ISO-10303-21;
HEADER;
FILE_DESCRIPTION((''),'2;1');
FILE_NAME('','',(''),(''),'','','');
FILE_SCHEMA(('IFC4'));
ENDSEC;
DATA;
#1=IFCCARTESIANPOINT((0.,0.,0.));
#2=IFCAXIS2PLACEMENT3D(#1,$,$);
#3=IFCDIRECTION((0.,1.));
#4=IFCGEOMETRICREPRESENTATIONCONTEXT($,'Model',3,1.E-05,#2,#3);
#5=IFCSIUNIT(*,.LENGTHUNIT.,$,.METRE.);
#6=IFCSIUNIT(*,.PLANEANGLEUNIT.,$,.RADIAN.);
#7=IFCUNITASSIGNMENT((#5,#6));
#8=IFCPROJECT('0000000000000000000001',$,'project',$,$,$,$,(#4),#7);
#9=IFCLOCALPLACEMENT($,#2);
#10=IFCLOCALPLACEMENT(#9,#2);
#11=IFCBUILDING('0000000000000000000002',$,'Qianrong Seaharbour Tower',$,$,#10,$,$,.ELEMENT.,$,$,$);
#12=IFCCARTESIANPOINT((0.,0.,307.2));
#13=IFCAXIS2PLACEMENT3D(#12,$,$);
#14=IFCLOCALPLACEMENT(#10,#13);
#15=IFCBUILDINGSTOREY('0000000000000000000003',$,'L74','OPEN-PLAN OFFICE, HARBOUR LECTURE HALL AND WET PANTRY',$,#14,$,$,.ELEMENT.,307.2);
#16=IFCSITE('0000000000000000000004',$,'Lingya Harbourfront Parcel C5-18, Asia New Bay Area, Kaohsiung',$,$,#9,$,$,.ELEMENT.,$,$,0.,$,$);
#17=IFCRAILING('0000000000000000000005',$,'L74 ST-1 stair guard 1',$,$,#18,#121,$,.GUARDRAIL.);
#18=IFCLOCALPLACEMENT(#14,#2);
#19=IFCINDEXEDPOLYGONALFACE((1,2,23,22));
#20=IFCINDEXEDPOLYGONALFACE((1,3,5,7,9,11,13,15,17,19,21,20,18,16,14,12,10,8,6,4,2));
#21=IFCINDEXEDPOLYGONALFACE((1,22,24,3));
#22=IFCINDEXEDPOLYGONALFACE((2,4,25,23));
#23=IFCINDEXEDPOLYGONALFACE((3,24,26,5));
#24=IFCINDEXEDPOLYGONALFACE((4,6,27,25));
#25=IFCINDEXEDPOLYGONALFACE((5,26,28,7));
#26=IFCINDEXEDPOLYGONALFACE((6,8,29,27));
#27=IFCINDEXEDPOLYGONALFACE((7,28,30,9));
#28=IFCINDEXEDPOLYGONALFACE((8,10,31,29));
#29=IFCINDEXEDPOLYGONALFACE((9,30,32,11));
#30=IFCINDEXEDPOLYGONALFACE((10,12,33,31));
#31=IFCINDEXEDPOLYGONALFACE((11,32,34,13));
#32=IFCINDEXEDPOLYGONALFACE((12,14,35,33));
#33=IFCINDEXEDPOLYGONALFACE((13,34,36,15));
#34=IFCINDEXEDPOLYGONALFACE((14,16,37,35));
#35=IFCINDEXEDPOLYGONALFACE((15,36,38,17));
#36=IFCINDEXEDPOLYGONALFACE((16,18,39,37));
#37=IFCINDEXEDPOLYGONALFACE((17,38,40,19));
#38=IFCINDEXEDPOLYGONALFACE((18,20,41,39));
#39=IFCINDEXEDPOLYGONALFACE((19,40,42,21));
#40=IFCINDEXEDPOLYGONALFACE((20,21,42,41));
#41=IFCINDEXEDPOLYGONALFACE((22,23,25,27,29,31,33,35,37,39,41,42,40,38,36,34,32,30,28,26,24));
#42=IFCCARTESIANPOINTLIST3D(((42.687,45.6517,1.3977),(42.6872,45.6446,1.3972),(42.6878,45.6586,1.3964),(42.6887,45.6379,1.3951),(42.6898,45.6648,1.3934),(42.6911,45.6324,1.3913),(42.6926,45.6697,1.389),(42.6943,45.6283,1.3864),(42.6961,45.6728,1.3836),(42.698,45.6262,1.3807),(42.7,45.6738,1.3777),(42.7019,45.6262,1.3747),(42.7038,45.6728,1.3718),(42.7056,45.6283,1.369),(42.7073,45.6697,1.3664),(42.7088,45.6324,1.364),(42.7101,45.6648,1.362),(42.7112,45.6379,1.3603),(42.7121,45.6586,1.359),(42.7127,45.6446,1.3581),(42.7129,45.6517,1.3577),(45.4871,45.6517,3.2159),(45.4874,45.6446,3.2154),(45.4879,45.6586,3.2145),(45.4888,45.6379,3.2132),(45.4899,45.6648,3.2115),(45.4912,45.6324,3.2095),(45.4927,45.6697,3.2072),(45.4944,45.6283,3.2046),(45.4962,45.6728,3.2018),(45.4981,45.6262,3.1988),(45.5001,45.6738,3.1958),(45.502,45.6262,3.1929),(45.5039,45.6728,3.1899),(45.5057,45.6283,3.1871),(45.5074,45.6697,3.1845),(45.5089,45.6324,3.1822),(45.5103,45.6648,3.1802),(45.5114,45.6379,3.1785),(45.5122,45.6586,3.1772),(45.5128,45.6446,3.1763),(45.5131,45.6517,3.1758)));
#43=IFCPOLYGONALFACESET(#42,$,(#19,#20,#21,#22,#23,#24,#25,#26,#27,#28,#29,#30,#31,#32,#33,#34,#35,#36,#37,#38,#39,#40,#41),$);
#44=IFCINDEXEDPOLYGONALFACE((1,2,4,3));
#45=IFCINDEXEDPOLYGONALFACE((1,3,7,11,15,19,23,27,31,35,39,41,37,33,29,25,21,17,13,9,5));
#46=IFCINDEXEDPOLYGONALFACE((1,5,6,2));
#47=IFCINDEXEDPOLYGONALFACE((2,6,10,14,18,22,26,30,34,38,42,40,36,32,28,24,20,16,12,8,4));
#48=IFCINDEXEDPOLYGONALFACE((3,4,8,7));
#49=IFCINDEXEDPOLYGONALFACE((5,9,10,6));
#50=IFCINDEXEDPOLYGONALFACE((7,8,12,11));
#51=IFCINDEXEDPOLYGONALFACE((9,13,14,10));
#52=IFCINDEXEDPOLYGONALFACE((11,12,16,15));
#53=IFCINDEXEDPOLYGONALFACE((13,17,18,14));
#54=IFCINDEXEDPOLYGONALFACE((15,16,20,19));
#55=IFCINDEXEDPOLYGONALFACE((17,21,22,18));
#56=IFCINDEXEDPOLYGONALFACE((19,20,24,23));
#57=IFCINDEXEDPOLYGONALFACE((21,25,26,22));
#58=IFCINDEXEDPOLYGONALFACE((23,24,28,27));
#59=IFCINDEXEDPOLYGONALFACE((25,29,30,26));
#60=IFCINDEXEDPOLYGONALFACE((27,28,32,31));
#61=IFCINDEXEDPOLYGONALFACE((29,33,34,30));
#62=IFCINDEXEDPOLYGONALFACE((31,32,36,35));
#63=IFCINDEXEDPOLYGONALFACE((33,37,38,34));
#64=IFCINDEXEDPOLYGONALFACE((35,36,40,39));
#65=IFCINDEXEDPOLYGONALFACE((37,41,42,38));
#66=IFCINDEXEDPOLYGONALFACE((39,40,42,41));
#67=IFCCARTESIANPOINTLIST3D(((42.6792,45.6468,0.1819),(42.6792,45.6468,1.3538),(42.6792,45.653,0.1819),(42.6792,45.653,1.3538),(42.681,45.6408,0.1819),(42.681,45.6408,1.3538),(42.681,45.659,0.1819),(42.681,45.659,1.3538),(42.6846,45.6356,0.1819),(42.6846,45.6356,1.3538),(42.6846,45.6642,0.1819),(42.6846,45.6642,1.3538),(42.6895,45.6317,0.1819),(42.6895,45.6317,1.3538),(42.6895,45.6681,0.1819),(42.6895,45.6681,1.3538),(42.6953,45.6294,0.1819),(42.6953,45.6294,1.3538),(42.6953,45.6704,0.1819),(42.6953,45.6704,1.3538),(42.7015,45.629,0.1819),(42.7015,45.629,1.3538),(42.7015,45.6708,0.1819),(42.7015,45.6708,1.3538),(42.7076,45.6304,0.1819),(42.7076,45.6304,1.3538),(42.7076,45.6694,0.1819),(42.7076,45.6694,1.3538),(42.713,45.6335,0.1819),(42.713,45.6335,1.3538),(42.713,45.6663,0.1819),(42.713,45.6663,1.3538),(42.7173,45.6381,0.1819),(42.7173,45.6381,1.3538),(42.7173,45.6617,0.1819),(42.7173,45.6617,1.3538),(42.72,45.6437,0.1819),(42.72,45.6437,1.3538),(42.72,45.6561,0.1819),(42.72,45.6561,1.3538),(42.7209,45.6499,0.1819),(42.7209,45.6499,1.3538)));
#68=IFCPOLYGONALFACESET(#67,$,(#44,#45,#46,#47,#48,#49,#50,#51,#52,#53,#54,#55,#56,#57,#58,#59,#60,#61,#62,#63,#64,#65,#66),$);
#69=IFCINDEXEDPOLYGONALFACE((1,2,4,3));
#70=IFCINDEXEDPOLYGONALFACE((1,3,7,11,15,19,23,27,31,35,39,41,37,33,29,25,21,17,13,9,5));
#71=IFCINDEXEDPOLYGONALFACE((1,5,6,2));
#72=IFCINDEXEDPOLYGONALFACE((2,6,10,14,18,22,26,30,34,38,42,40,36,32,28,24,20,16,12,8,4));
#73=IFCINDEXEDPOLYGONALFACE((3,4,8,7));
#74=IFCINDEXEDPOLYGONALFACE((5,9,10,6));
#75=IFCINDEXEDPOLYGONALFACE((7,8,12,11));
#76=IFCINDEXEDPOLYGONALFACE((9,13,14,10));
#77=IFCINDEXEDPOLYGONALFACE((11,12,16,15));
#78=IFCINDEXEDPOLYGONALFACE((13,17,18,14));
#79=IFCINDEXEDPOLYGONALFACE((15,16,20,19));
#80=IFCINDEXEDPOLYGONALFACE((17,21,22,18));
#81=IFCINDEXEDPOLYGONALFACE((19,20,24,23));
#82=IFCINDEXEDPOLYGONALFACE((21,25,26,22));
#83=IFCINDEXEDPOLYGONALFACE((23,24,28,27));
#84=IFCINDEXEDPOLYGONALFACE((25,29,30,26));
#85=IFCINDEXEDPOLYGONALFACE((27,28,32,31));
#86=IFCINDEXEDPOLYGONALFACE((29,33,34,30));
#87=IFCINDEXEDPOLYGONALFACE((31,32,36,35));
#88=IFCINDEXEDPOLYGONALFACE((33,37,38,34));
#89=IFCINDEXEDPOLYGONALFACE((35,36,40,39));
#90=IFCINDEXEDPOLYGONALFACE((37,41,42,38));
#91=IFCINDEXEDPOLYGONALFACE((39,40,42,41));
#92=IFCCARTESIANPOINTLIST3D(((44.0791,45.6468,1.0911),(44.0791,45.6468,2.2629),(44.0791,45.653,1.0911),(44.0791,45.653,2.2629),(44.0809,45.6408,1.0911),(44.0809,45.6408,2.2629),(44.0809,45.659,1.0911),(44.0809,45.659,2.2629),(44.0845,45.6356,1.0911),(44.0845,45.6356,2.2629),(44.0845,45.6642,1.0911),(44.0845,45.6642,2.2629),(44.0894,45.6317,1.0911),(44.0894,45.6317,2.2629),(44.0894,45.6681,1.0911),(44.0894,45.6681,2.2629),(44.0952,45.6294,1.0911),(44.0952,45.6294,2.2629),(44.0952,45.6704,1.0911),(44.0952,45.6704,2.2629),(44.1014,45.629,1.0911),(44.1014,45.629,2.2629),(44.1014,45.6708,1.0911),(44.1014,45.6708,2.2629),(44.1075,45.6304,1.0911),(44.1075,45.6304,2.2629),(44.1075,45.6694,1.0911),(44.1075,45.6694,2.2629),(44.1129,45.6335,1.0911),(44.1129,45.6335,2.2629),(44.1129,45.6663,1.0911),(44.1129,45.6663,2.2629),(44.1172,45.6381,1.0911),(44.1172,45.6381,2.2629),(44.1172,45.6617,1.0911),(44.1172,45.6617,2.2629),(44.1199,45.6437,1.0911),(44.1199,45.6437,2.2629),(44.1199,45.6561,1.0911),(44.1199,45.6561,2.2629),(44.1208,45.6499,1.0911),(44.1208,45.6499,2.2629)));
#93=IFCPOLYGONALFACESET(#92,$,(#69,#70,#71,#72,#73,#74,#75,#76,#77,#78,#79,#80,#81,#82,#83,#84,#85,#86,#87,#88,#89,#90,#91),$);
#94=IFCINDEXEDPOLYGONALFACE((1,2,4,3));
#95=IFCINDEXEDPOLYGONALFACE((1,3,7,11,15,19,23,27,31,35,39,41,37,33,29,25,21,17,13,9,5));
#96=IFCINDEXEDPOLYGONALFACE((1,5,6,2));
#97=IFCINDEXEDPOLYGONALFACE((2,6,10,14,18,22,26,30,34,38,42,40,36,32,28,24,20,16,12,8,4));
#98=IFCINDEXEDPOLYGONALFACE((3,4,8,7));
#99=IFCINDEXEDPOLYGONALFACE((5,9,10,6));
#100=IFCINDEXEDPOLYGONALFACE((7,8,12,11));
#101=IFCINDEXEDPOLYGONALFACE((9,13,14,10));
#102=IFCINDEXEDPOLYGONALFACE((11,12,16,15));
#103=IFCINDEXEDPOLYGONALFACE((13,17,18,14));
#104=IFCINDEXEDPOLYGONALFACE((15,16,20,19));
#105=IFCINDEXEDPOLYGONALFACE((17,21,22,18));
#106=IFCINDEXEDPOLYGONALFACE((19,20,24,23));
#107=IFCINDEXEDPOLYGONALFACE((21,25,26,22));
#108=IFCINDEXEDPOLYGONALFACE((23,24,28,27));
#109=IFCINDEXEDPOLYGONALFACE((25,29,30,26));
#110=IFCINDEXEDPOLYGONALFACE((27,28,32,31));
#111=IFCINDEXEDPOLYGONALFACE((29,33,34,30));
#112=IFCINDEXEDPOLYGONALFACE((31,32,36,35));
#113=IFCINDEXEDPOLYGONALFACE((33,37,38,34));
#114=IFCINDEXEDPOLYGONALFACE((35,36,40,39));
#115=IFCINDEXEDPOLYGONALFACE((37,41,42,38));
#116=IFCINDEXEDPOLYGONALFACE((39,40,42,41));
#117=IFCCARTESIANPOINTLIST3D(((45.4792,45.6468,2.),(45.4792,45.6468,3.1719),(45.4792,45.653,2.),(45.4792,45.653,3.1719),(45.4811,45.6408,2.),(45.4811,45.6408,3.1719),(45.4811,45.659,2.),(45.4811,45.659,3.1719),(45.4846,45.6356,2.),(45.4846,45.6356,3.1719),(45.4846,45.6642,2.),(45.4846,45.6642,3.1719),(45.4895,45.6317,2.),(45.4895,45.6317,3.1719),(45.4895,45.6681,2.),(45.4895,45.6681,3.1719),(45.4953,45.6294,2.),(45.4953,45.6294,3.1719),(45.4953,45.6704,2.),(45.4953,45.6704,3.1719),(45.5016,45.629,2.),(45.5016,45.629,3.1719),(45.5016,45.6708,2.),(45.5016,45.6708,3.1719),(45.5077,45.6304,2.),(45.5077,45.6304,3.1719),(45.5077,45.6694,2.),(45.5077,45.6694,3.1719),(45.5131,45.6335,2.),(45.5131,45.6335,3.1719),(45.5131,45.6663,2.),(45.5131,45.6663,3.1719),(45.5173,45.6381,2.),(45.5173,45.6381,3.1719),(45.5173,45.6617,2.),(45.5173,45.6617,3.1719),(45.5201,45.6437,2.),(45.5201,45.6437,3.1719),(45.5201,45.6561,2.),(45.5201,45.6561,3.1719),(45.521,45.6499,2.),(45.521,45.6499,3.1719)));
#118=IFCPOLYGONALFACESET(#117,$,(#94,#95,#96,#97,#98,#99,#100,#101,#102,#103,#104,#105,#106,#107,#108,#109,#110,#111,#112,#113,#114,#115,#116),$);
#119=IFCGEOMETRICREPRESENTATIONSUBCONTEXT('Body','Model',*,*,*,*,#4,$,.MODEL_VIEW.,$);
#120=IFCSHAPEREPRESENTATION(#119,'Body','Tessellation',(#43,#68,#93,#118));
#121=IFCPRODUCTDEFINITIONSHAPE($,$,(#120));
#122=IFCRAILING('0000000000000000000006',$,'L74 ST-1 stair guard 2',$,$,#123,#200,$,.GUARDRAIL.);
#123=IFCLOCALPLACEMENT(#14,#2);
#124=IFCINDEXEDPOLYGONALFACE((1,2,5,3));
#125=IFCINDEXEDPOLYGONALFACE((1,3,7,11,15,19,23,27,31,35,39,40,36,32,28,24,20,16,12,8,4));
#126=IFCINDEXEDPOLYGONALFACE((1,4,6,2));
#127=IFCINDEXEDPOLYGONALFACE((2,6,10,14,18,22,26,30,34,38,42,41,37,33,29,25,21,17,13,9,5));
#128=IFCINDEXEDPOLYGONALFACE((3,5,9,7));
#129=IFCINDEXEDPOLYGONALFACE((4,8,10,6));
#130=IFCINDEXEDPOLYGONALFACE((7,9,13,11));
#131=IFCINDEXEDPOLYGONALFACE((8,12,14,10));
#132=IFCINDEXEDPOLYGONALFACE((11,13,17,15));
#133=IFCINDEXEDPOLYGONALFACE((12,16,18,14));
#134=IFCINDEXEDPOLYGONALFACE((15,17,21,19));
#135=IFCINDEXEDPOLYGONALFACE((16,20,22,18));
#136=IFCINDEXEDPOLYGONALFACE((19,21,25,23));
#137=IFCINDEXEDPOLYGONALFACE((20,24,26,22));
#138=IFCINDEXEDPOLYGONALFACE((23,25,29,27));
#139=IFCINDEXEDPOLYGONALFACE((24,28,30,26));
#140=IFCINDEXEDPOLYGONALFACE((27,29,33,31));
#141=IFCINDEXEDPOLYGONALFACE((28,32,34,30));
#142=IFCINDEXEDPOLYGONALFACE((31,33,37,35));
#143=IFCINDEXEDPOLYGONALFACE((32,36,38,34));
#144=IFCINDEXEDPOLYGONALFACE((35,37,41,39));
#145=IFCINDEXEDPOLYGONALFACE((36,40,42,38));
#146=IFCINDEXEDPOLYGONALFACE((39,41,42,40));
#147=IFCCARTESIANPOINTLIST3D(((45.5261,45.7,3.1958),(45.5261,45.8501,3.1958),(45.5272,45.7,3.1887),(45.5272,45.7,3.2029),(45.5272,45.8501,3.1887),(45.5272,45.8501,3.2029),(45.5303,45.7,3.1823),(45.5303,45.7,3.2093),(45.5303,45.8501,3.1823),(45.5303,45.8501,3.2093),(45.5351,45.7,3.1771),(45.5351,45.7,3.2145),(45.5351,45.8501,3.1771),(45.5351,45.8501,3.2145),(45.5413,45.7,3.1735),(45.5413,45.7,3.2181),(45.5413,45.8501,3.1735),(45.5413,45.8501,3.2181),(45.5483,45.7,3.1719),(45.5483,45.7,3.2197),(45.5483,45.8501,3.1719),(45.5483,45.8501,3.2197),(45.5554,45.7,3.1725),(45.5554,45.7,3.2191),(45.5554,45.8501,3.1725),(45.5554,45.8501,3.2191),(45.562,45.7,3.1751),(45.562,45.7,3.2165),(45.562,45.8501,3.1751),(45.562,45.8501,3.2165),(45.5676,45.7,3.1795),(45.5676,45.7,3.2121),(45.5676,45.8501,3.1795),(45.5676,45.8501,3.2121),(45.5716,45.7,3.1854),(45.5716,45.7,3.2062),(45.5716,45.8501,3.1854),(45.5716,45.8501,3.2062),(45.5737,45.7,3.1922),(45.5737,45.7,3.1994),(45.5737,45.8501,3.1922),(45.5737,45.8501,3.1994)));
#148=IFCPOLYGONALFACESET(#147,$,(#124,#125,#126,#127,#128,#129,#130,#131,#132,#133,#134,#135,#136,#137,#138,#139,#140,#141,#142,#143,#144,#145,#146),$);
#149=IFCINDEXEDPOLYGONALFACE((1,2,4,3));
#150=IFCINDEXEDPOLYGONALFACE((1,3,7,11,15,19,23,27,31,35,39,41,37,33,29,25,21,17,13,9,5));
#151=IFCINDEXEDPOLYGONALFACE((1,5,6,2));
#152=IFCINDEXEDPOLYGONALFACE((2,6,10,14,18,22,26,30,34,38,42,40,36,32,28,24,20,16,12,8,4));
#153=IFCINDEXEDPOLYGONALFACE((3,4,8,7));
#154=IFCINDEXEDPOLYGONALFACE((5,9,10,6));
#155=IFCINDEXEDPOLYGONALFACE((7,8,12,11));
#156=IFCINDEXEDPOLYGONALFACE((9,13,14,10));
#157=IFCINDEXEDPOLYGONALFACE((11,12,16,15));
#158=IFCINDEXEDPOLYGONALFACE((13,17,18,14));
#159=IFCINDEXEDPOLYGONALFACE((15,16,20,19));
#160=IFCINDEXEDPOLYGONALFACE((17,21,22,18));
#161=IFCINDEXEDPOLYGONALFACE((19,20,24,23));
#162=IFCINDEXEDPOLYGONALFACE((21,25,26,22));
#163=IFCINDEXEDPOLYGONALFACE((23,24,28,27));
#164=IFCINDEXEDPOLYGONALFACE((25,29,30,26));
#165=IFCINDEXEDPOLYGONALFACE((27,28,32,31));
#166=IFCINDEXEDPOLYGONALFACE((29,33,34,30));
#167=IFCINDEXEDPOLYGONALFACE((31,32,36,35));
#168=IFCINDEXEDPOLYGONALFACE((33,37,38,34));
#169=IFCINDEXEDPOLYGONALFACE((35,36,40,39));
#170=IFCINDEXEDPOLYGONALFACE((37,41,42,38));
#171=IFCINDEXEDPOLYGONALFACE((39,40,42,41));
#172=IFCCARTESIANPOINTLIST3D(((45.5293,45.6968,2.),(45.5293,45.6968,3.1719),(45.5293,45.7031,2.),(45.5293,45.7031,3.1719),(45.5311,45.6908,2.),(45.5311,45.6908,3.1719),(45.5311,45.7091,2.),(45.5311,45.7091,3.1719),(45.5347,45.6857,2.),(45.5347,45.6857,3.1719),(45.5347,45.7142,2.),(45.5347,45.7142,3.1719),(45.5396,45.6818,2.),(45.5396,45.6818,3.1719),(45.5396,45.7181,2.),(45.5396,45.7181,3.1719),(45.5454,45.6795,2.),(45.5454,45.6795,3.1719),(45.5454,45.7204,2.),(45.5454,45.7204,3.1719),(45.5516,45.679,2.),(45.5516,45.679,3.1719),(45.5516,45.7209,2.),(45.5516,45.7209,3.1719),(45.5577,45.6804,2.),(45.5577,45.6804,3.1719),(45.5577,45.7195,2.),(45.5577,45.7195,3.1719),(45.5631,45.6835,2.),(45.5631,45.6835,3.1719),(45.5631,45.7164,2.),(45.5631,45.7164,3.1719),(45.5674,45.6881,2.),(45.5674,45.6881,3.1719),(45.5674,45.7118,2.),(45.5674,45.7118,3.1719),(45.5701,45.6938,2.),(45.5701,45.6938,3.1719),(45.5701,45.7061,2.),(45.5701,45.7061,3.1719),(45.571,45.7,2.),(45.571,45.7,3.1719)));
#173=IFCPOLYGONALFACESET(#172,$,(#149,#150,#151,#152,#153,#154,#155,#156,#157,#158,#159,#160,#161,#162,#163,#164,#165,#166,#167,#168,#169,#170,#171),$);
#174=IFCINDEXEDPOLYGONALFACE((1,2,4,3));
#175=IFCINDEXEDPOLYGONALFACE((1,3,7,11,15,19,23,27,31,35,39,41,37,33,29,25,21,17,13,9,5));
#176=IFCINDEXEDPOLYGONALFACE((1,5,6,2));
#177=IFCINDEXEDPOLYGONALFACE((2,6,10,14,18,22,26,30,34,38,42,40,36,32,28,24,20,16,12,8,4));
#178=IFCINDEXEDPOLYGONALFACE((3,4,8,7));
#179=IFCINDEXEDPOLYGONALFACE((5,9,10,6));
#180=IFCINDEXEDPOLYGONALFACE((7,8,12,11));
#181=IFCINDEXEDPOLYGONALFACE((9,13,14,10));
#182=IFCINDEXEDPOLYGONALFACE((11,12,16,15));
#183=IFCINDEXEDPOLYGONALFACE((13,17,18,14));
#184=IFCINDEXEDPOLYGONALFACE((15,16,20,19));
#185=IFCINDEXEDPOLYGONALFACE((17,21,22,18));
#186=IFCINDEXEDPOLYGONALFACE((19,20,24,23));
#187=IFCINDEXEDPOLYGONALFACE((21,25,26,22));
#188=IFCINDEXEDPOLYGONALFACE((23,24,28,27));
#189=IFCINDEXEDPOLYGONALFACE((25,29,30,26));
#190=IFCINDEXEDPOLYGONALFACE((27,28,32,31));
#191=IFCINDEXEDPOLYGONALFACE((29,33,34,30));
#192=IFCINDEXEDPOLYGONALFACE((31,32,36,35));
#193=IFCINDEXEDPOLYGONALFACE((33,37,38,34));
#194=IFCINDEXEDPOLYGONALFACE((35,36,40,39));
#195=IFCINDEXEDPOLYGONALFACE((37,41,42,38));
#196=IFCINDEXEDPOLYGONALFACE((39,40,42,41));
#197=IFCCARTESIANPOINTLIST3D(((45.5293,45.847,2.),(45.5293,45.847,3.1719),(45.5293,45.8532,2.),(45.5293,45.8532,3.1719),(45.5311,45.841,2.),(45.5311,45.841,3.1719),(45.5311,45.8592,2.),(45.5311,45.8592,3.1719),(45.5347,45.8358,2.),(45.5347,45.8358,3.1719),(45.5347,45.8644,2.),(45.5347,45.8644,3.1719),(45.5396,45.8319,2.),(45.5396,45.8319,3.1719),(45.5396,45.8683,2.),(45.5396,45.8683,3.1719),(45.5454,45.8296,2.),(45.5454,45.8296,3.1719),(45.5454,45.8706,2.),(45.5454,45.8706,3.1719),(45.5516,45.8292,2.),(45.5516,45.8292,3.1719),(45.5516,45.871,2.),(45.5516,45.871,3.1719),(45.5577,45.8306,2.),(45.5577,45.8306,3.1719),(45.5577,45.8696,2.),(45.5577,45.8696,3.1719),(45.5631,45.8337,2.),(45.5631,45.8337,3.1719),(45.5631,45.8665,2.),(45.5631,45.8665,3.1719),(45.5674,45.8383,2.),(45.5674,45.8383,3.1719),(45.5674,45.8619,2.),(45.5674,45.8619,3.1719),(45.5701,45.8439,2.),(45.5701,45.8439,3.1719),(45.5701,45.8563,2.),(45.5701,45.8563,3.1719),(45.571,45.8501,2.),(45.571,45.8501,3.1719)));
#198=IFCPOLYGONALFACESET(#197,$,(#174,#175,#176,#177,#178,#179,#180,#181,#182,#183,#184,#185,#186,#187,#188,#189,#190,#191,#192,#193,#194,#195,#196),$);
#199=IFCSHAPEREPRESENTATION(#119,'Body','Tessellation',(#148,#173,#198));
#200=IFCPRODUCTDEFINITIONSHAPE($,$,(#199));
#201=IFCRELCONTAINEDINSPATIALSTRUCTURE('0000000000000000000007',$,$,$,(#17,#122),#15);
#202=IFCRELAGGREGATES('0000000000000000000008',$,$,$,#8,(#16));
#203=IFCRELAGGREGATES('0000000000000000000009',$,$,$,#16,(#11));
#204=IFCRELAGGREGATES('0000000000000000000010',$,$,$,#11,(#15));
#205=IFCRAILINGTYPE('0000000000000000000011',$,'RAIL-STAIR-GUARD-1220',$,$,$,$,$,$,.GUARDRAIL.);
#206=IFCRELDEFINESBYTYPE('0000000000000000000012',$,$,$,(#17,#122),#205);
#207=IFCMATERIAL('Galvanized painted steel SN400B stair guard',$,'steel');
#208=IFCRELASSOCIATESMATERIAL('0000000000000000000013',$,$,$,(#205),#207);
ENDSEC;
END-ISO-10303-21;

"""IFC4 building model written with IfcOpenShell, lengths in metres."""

from ifc_helpers import new_model, si_unit, direction, frame, origin, origin_2d, place, context, subcontext, project, spatial, circle, extrude, material, type_object, element, save


model = new_model("IFC4")

# Units and contexts
model_context = context("Model", 3, precision=1e-05, world=origin(), true_north=direction((0.0, 1.0)))
body_context = subcontext(model_context, "Body", "Model", "MODEL_VIEW")
ifc_project = project(units=[si_unit("LENGTHUNIT", "METRE"), si_unit("PLANEANGLEUNIT", "RADIAN")], contexts=[model_context])

# Site, building, storey
site_placement = place(None, origin())
site = spatial("IfcSite", under=ifc_project, at=site_placement, Name="Lingya Harbourfront Parcel C5-18, Asia New Bay Area, Kaohsiung", CompositionType="ELEMENT", RefElevation=0.0)
building_placement = place(site_placement, origin())
building = spatial("IfcBuilding", under=site, at=building_placement, Name="Qianrong Seaharbour Tower", CompositionType="ELEMENT")
storey_placement = place(building_placement, frame((0.0, 0.0, 307.2)))
storey = spatial("IfcBuildingStorey", under=building, at=storey_placement, Name="L74", Description="OPEN-PLAN OFFICE, HARBOUR LECTURE HALL AND WET PANTRY", CompositionType="ELEMENT", Elevation=307.2)

# Railings
ifc_material_1 = material(Name="Galvanized painted steel SN400B stair guard", Category="steel")
railing_type_1 = type_object("IfcRailingType", Name="RAIL-STAIR-GUARD-1220", PredefinedType="GUARDRAIL", material=ifc_material_1)
railing_1_placement = place(storey_placement, frame((42.7, 45.6499, 0.1819)))
element("IfcRailing", 1, at=railing_1_placement, inside=storey, type_object=railing_type_1, Name="L74 ST-1 stair guard 1", PredefinedType="GUARDRAIL", context=body_context, shape_type="SweptSolid", body=[
    extrude(circle(Radius=0.0239, at=origin_2d()), frame((0.0, 0.0, 1.1958), z_axis=(0.838706, 0.0, 0.544585), x_axis=(0.0, 1.0, 0.0)), (0.0, 0.0, 1.0), 3.3386),
    extrude(circle(Radius=0.021, at=origin_2d()), origin(), (0.0, 0.0, 1.0), 1.1719),
    extrude(circle(Radius=0.021, at=origin_2d()), frame((1.3999, 0.0, 0.9092)), (0.0, 0.0, 1.0), 1.1719),
    extrude(circle(Radius=0.021, at=origin_2d()), frame((2.8, 0.0, 1.8181)), (0.0, 0.0, 1.0), 1.1719),
])
railing_2_placement = place(storey_placement, frame((45.55, 45.7, 2.0)))
element("IfcRailing", 2, at=railing_2_placement, inside=storey, type_object=railing_type_1, Name="L74 ST-1 stair guard 2", PredefinedType="GUARDRAIL", context=body_context, shape_type="SweptSolid", body=[
    extrude(circle(Radius=0.0239, at=origin_2d()), frame((0.0, 0.0, 1.1958), z_axis=(0.0, 1.0, 0.0), x_axis=(-1.0, 0.0, 0.0)), (0.0, 0.0, 1.0), 0.1501),
    extrude(circle(Radius=0.021, at=origin_2d()), origin(), (0.0, 0.0, 1.0), 1.1719),
    extrude(circle(Radius=0.021, at=origin_2d()), frame((0.0, 0.1501, 0.0)), (0.0, 0.0, 1.0), 1.1719),
])

save(model, "model.ifc")
